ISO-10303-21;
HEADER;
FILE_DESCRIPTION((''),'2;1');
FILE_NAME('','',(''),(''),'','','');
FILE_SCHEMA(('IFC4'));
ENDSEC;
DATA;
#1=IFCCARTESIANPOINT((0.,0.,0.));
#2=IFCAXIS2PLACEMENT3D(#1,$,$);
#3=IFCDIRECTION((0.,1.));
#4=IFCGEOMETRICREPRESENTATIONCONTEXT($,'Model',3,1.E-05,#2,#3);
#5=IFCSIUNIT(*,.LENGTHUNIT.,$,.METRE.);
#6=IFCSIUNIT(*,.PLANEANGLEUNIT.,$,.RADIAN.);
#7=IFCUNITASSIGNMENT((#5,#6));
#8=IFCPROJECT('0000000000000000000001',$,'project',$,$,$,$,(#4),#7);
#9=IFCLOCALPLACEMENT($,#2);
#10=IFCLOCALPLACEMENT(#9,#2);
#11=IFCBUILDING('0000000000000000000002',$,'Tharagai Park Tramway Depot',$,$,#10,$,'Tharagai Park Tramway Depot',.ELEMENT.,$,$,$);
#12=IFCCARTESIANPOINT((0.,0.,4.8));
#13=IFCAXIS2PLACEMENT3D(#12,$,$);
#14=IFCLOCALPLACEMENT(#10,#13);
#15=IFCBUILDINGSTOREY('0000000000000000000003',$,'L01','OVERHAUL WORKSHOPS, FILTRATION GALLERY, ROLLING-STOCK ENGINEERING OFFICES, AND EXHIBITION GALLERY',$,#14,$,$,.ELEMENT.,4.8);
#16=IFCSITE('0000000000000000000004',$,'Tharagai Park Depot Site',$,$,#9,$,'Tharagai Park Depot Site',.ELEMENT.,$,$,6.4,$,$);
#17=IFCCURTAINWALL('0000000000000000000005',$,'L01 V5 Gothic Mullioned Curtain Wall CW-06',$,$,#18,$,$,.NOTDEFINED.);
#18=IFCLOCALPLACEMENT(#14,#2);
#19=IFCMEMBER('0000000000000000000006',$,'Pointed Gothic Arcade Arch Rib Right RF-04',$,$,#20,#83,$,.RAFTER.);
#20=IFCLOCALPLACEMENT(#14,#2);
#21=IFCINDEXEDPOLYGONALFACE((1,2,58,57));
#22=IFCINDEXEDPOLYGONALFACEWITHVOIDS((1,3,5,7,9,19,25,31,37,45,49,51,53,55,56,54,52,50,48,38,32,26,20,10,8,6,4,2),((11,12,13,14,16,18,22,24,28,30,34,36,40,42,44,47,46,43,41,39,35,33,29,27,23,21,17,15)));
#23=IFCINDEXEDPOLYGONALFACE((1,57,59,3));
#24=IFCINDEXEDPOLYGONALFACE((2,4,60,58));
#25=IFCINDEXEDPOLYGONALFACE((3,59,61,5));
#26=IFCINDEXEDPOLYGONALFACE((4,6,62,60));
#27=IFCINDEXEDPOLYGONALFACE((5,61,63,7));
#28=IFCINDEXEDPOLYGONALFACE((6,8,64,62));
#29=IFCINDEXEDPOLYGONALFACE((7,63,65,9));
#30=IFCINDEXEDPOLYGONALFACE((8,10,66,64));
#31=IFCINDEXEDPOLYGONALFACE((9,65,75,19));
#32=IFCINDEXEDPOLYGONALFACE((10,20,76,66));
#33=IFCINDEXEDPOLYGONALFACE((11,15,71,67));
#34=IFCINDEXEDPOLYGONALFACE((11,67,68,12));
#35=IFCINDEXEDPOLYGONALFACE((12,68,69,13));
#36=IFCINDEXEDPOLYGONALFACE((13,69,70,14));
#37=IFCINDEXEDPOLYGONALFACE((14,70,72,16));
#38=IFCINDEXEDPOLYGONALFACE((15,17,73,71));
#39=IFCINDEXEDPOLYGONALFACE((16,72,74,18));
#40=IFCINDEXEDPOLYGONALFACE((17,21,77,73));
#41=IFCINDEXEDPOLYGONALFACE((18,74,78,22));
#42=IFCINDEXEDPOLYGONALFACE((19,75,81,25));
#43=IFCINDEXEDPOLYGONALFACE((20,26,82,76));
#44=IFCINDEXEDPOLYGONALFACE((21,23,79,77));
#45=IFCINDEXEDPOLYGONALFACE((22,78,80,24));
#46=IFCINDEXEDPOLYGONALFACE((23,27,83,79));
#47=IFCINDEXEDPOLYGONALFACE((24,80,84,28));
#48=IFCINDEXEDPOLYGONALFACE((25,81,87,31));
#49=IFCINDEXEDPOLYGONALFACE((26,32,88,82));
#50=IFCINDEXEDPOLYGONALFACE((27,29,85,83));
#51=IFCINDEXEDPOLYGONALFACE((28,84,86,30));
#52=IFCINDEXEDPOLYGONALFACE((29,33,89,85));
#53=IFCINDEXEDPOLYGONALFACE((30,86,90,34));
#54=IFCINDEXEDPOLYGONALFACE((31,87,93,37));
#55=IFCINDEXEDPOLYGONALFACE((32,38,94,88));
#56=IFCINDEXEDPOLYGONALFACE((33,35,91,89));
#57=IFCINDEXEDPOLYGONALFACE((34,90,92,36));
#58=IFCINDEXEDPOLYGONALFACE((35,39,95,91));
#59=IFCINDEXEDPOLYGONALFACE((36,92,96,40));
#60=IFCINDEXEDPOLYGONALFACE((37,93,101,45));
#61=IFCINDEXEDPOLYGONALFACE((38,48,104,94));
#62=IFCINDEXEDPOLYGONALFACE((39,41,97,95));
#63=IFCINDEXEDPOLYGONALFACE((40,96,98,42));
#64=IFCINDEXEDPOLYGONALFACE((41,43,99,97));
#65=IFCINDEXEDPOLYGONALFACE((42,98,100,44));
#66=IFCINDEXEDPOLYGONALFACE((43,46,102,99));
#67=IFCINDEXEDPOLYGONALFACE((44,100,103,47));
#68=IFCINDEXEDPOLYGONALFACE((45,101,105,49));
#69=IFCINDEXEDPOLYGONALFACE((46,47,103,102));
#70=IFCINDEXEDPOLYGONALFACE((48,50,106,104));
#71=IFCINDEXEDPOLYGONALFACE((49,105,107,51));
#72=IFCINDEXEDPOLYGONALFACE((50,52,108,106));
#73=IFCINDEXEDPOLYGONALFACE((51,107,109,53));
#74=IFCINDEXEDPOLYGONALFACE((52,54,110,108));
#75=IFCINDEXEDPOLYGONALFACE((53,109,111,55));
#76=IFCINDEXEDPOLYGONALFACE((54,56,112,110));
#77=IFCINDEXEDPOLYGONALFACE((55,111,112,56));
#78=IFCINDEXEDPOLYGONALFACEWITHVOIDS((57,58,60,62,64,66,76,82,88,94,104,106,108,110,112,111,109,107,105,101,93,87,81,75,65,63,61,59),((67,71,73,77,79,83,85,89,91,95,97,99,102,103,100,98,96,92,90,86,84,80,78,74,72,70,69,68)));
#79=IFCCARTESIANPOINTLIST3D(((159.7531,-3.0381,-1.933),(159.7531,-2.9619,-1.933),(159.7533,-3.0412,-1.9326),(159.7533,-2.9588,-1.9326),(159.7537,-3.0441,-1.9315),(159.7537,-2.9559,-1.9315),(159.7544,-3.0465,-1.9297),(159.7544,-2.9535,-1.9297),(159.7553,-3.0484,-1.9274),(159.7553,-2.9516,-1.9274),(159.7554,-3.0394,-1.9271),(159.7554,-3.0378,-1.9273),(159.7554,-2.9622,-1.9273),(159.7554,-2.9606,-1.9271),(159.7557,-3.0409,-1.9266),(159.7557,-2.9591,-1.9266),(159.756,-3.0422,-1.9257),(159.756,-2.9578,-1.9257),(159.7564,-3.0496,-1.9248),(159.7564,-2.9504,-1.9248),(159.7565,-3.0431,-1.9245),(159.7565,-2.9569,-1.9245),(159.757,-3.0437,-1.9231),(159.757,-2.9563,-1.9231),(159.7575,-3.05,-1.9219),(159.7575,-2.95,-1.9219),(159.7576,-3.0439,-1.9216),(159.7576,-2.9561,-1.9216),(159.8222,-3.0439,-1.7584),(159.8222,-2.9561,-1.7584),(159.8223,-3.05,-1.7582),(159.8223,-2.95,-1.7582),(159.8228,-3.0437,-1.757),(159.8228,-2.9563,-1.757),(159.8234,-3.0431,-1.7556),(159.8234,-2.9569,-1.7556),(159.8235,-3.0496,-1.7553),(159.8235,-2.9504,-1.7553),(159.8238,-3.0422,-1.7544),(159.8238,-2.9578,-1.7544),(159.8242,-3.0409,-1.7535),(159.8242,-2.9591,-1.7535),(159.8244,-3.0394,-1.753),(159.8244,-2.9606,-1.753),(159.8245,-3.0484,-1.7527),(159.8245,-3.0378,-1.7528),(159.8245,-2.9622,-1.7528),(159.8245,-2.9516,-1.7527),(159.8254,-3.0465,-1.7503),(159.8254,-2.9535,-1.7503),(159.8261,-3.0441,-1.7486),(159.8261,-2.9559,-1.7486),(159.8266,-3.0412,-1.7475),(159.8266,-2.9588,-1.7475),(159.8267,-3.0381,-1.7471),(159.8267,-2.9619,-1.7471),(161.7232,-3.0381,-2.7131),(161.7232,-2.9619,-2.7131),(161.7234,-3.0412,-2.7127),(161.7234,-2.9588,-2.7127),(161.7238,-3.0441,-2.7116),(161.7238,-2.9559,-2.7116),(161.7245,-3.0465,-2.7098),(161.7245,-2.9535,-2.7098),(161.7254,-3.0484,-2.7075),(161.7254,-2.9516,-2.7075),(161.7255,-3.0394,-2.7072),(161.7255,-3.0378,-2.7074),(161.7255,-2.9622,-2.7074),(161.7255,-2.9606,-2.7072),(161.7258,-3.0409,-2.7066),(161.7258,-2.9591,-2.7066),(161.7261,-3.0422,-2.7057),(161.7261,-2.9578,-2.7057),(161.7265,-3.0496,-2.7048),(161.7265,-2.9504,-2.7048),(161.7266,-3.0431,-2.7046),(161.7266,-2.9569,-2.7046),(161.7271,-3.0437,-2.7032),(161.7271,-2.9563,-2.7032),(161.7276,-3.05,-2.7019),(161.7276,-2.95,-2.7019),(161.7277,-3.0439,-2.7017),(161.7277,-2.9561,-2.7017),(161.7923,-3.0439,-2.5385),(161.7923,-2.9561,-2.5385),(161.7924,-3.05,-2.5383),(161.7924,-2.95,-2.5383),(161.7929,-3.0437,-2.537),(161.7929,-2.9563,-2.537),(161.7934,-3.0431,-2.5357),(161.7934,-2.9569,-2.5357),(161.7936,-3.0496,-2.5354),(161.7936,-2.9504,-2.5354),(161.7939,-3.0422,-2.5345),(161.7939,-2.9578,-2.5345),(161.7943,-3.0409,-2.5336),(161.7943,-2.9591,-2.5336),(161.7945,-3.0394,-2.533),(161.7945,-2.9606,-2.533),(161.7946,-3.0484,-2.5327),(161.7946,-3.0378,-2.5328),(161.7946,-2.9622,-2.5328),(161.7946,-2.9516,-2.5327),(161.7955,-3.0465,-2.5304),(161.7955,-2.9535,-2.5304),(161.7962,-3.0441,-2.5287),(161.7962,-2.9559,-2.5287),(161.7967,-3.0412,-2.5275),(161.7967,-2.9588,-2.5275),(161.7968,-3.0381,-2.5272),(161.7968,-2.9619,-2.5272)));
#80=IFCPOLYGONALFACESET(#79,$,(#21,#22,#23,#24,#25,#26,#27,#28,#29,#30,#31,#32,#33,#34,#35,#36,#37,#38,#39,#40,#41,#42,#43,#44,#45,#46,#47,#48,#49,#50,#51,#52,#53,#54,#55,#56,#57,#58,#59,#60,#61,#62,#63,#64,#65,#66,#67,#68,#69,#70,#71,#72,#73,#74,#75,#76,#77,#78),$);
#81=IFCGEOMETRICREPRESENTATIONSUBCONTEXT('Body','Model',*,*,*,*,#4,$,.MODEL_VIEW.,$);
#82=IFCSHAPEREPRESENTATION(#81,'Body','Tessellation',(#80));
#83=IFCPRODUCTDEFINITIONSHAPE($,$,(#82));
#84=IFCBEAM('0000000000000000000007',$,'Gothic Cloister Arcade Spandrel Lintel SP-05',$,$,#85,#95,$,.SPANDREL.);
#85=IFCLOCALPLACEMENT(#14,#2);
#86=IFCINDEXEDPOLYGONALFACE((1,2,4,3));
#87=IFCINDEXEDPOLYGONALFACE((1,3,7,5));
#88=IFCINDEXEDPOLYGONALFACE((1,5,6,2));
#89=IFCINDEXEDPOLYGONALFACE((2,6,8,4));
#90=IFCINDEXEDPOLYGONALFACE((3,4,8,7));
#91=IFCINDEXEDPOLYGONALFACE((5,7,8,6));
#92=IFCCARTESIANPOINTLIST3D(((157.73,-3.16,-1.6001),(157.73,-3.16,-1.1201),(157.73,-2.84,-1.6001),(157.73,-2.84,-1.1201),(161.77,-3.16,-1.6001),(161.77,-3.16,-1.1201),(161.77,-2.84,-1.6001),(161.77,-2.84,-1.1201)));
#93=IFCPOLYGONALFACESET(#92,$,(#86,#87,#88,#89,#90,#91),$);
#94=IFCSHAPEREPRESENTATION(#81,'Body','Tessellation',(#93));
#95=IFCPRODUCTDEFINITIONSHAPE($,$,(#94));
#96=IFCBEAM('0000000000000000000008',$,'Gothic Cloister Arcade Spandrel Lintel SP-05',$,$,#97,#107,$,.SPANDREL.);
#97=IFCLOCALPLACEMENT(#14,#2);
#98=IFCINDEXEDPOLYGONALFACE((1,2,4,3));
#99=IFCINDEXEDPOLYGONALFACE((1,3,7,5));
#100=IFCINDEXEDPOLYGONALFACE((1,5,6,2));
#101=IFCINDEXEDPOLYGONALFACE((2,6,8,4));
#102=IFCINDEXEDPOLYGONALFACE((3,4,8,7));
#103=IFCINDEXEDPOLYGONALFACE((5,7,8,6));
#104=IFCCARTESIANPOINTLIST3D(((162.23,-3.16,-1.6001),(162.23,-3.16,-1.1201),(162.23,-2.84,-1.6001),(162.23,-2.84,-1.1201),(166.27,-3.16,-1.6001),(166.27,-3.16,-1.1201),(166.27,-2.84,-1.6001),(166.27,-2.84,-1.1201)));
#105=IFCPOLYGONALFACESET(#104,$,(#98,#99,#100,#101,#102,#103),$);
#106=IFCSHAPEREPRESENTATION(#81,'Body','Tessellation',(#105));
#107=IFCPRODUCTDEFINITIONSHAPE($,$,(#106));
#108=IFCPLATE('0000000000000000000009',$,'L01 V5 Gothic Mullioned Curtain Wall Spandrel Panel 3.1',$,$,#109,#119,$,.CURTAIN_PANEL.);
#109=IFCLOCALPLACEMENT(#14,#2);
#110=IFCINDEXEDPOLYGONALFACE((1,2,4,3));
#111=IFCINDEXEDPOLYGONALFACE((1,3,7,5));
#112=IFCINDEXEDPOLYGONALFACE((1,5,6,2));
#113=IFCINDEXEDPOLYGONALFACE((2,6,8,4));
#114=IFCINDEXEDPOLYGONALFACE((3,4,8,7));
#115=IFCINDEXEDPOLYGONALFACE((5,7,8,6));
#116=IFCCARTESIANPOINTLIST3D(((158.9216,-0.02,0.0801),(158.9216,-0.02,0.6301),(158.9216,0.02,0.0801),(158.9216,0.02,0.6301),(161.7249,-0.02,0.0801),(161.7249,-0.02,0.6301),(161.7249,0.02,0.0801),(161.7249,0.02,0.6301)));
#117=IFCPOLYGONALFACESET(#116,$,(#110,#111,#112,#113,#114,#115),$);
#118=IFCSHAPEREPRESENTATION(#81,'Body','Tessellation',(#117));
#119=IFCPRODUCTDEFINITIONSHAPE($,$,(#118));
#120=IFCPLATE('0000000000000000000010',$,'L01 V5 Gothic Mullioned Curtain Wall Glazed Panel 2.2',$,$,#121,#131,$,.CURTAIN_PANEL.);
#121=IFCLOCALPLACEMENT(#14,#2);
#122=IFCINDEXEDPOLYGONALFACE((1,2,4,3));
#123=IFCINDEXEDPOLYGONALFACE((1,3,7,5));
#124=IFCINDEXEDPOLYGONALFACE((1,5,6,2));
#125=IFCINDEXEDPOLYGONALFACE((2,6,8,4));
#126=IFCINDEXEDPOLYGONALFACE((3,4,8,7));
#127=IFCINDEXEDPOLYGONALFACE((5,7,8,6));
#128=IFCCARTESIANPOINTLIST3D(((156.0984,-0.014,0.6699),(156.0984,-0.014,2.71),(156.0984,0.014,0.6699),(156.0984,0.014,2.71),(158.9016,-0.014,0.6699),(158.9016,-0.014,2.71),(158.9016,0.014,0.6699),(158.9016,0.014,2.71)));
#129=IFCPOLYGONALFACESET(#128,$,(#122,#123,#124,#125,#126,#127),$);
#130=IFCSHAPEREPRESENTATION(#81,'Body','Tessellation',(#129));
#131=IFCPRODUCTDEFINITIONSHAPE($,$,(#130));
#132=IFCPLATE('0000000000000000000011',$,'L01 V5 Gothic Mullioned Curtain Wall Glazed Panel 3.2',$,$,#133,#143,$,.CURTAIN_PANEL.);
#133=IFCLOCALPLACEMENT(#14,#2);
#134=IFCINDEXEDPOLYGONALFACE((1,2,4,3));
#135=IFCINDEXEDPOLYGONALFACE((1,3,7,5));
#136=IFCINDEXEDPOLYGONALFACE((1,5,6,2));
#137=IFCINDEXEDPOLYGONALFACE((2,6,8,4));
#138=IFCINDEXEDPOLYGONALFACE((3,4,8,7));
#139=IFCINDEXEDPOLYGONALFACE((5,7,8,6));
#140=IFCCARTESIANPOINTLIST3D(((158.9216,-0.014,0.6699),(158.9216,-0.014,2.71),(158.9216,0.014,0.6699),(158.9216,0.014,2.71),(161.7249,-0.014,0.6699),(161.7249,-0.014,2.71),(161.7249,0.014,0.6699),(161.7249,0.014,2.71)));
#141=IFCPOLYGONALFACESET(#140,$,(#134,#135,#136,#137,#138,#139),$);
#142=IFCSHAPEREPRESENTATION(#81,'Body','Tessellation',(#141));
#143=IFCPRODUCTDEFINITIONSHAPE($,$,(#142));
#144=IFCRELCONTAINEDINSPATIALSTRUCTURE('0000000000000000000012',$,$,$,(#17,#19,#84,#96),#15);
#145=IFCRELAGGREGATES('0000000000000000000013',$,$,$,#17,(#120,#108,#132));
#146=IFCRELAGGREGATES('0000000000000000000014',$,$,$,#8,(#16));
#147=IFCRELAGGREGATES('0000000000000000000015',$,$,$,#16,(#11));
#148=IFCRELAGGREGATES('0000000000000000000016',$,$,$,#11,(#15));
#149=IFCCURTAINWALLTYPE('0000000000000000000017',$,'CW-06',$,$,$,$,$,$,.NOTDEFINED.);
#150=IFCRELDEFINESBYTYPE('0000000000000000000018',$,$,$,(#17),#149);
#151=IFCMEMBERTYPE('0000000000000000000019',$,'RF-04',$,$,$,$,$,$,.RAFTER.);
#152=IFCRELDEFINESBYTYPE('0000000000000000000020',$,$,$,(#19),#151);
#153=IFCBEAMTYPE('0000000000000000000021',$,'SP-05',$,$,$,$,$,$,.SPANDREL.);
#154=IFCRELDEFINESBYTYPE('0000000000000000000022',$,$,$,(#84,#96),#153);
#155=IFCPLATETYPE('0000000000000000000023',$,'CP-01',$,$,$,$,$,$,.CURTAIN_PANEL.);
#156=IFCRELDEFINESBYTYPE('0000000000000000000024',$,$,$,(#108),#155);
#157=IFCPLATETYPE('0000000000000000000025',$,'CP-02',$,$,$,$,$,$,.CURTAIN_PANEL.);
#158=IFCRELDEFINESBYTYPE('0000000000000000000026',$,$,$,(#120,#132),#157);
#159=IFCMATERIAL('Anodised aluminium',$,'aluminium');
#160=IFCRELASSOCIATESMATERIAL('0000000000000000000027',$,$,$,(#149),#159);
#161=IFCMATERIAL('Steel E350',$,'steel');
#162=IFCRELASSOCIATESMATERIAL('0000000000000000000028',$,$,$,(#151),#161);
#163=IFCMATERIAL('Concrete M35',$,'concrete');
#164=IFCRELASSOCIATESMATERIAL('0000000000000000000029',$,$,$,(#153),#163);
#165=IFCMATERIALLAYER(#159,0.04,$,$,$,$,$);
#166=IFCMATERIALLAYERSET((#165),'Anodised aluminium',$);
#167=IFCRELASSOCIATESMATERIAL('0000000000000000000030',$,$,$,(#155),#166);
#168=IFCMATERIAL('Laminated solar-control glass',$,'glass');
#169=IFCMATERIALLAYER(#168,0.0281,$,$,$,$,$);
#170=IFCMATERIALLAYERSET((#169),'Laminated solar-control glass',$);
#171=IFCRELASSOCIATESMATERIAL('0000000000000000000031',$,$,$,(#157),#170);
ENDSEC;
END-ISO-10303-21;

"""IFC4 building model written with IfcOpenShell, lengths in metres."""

from ifc_helpers import new_model, si_unit, direction, frame, origin, origin_2d, place, context, subcontext, project, spatial, rectangle, hollow_rectangle, extrude, material, layer, layer_set, material_profile, profile_set, type_object, element, aggregate, save


model = new_model("IFC4")

# Units and contexts
model_context = context("Model", 3, precision=1e-05, world=origin(), true_north=direction((0.0, 1.0)))
body_context = subcontext(model_context, "Body", "Model", "MODEL_VIEW")
ifc_project = project(units=[si_unit("LENGTHUNIT", "METRE"), si_unit("PLANEANGLEUNIT", "RADIAN")], contexts=[model_context])

# Site, building, storey
site_placement = place(None, origin())
site = spatial("IfcSite", under=ifc_project, at=site_placement, Name="Tharagai Park Depot Site", LongName="Tharagai Park Depot Site", CompositionType="ELEMENT", RefElevation=6.4)
building_placement = place(site_placement, origin())
building = spatial("IfcBuilding", under=site, at=building_placement, Name="Tharagai Park Tramway Depot", LongName="Tharagai Park Tramway Depot", CompositionType="ELEMENT")
storey_placement = place(building_placement, frame((0.0, 0.0, 4.8)))
storey = spatial("IfcBuildingStorey", under=building, at=storey_placement, Name="L01", Description="OVERHAUL WORKSHOPS, FILTRATION GALLERY, ROLLING-STOCK ENGINEERING OFFICES, AND EXHIBITION GALLERY", CompositionType="ELEMENT", Elevation=4.8)

# Shared definitions
ifc_material_1 = material(Name="Concrete M35", Category="concrete")

# Curtain wall
ifc_material_2 = material(Name="Anodised aluminium", Category="aluminium")
curtain_wall_type = type_object("IfcCurtainWallType", Name="CW-06", PredefinedType="NOTDEFINED", material=ifc_material_2)
curtain_wall_placement = place(storey_placement, origin())
curtain_wall = element("IfcCurtainWall", 1, at=curtain_wall_placement, inside=storey, type_object=curtain_wall_type, Name="L01 V5 Gothic Mullioned Curtain Wall CW-06", PredefinedType="NOTDEFINED")

# Shared definitions
ifc_material_3 = material(Name="Steel E350", Category="steel")

# Member
ifc_material_profile_1 = material_profile(ifc_material_3, hollow_rectangle(XDim=0.1001, YDim=0.2, WallThickness=0.0061, InnerFilletRadius=0.0061, OuterFilletRadius=0.012, at=origin_2d()), Name="RHS 200x100x6")
ifc_profile_set_1 = profile_set([ifc_material_profile_1], Name="Steel E350")
member_type_1 = type_object("IfcMemberType", Name="RF-04", PredefinedType="RAFTER", material=ifc_profile_set_1)
for number, where, z_axis, x_axis, name in (
    (2, (161.76, -3.0, -2.6201), (-0.929766, 0.0, 0.36815), (0.0, -1.0, 0.0), "Pointed Gothic Arcade Arch Rib Right RF-04"),
):
    element("IfcMember", number, at=place(storey_placement, frame(where, z_axis=z_axis, x_axis=x_axis)), inside=storey, type_object=member_type_1, Name=name, PredefinedType="RAFTER", context=body_context, shape_type="SweptSolid", body=[
        extrude(hollow_rectangle(XDim=0.1001, YDim=0.2, WallThickness=0.0061, InnerFilletRadius=0.0061, OuterFilletRadius=0.012, at=origin_2d()), origin(), (0.0, 0.0, 1.0), 2.1189),
    ])

# Beams
ifc_material_profile_2 = material_profile(ifc_material_1, rectangle(XDim=0.3201, YDim=0.48, at=origin_2d()), Name="RC 320x480")
ifc_profile_set_2 = profile_set([ifc_material_profile_2], Name="Concrete M35")
beam_type_1 = type_object("IfcBeamType", Name="SP-05", PredefinedType="SPANDREL", material=ifc_profile_set_2)
for number, where, z_axis, x_axis, name in (
    (3, (157.73, -3.0, -1.3601), (1.0, 0.0, 0.0), (0.0, 1.0, 0.0), "Gothic Cloister Arcade Spandrel Lintel SP-05"),
    (4, (162.23, -3.0, -1.3601), (1.0, 0.0, 0.0), (0.0, 1.0, 0.0), "Gothic Cloister Arcade Spandrel Lintel SP-05"),
):
    element("IfcBeam", number, at=place(storey_placement, frame(where, z_axis=z_axis, x_axis=x_axis)), inside=storey, type_object=beam_type_1, Name=name, PredefinedType="SPANDREL", context=body_context, shape_type="SweptSolid", body=[
        extrude(rectangle(XDim=0.3201, YDim=0.48, at=origin_2d()), origin(), (0.0, 0.0, 1.0), 4.04),
    ])

# Plates
ifc_layer_1 = layer(ifc_material_2, 0.04)
ifc_layer_set_1 = layer_set([ifc_layer_1], Name="Anodised aluminium")
plate_type_1 = type_object("IfcPlateType", Name="CP-01", PredefinedType="CURTAIN_PANEL", material=ifc_layer_set_1)
plate_1_placement = place(storey_placement, frame((160.3232, 0.0, 0.0801), z_axis=(0.0, 0.0, 1.0), x_axis=(1.0, 0.0, 0.0)))
plate_1 = element("IfcPlate", 5, at=plate_1_placement, type_object=plate_type_1, Name="L01 V5 Gothic Mullioned Curtain Wall Spandrel Panel 3.1", PredefinedType="CURTAIN_PANEL", context=body_context, shape_type="SweptSolid", body=[
    extrude(rectangle(XDim=2.8032, YDim=0.04, at=origin_2d()), origin(), (0.0, 0.0, 1.0), 0.55),
])
ifc_material_4 = material(Name="Laminated solar-control glass", Category="glass")
ifc_layer_2 = layer(ifc_material_4, 0.0281)
ifc_layer_set_2 = layer_set([ifc_layer_2], Name="Laminated solar-control glass")
plate_type_2 = type_object("IfcPlateType", Name="CP-02", PredefinedType="CURTAIN_PANEL", material=ifc_layer_set_2)
plate_2_placement = place(storey_placement, frame((157.5, 0.0, 0.6699), z_axis=(0.0, 0.0, 1.0), x_axis=(1.0, 0.0, 0.0)))
plate_2 = element("IfcPlate", 6, at=plate_2_placement, type_object=plate_type_2, Name="L01 V5 Gothic Mullioned Curtain Wall Glazed Panel 2.2", PredefinedType="CURTAIN_PANEL", context=body_context, shape_type="SweptSolid", body=[
    extrude(rectangle(XDim=2.8032, YDim=0.0281, at=origin_2d()), origin(), (0.0, 0.0, 1.0), 2.04),
])
plate_3_placement = place(storey_placement, frame((160.3232, 0.0, 0.6699), z_axis=(0.0, 0.0, 1.0), x_axis=(1.0, 0.0, 0.0)))
plate_3 = element("IfcPlate", 7, at=plate_3_placement, type_object=plate_type_2, Name="L01 V5 Gothic Mullioned Curtain Wall Glazed Panel 3.2", PredefinedType="CURTAIN_PANEL", context=body_context, shape_type="SweptSolid", body=[
    extrude(rectangle(XDim=2.8032, YDim=0.0281, at=origin_2d()), origin(), (0.0, 0.0, 1.0), 2.04),
])
aggregate(curtain_wall, [plate_2, plate_1, plate_3])

save(model, "model.ifc")
